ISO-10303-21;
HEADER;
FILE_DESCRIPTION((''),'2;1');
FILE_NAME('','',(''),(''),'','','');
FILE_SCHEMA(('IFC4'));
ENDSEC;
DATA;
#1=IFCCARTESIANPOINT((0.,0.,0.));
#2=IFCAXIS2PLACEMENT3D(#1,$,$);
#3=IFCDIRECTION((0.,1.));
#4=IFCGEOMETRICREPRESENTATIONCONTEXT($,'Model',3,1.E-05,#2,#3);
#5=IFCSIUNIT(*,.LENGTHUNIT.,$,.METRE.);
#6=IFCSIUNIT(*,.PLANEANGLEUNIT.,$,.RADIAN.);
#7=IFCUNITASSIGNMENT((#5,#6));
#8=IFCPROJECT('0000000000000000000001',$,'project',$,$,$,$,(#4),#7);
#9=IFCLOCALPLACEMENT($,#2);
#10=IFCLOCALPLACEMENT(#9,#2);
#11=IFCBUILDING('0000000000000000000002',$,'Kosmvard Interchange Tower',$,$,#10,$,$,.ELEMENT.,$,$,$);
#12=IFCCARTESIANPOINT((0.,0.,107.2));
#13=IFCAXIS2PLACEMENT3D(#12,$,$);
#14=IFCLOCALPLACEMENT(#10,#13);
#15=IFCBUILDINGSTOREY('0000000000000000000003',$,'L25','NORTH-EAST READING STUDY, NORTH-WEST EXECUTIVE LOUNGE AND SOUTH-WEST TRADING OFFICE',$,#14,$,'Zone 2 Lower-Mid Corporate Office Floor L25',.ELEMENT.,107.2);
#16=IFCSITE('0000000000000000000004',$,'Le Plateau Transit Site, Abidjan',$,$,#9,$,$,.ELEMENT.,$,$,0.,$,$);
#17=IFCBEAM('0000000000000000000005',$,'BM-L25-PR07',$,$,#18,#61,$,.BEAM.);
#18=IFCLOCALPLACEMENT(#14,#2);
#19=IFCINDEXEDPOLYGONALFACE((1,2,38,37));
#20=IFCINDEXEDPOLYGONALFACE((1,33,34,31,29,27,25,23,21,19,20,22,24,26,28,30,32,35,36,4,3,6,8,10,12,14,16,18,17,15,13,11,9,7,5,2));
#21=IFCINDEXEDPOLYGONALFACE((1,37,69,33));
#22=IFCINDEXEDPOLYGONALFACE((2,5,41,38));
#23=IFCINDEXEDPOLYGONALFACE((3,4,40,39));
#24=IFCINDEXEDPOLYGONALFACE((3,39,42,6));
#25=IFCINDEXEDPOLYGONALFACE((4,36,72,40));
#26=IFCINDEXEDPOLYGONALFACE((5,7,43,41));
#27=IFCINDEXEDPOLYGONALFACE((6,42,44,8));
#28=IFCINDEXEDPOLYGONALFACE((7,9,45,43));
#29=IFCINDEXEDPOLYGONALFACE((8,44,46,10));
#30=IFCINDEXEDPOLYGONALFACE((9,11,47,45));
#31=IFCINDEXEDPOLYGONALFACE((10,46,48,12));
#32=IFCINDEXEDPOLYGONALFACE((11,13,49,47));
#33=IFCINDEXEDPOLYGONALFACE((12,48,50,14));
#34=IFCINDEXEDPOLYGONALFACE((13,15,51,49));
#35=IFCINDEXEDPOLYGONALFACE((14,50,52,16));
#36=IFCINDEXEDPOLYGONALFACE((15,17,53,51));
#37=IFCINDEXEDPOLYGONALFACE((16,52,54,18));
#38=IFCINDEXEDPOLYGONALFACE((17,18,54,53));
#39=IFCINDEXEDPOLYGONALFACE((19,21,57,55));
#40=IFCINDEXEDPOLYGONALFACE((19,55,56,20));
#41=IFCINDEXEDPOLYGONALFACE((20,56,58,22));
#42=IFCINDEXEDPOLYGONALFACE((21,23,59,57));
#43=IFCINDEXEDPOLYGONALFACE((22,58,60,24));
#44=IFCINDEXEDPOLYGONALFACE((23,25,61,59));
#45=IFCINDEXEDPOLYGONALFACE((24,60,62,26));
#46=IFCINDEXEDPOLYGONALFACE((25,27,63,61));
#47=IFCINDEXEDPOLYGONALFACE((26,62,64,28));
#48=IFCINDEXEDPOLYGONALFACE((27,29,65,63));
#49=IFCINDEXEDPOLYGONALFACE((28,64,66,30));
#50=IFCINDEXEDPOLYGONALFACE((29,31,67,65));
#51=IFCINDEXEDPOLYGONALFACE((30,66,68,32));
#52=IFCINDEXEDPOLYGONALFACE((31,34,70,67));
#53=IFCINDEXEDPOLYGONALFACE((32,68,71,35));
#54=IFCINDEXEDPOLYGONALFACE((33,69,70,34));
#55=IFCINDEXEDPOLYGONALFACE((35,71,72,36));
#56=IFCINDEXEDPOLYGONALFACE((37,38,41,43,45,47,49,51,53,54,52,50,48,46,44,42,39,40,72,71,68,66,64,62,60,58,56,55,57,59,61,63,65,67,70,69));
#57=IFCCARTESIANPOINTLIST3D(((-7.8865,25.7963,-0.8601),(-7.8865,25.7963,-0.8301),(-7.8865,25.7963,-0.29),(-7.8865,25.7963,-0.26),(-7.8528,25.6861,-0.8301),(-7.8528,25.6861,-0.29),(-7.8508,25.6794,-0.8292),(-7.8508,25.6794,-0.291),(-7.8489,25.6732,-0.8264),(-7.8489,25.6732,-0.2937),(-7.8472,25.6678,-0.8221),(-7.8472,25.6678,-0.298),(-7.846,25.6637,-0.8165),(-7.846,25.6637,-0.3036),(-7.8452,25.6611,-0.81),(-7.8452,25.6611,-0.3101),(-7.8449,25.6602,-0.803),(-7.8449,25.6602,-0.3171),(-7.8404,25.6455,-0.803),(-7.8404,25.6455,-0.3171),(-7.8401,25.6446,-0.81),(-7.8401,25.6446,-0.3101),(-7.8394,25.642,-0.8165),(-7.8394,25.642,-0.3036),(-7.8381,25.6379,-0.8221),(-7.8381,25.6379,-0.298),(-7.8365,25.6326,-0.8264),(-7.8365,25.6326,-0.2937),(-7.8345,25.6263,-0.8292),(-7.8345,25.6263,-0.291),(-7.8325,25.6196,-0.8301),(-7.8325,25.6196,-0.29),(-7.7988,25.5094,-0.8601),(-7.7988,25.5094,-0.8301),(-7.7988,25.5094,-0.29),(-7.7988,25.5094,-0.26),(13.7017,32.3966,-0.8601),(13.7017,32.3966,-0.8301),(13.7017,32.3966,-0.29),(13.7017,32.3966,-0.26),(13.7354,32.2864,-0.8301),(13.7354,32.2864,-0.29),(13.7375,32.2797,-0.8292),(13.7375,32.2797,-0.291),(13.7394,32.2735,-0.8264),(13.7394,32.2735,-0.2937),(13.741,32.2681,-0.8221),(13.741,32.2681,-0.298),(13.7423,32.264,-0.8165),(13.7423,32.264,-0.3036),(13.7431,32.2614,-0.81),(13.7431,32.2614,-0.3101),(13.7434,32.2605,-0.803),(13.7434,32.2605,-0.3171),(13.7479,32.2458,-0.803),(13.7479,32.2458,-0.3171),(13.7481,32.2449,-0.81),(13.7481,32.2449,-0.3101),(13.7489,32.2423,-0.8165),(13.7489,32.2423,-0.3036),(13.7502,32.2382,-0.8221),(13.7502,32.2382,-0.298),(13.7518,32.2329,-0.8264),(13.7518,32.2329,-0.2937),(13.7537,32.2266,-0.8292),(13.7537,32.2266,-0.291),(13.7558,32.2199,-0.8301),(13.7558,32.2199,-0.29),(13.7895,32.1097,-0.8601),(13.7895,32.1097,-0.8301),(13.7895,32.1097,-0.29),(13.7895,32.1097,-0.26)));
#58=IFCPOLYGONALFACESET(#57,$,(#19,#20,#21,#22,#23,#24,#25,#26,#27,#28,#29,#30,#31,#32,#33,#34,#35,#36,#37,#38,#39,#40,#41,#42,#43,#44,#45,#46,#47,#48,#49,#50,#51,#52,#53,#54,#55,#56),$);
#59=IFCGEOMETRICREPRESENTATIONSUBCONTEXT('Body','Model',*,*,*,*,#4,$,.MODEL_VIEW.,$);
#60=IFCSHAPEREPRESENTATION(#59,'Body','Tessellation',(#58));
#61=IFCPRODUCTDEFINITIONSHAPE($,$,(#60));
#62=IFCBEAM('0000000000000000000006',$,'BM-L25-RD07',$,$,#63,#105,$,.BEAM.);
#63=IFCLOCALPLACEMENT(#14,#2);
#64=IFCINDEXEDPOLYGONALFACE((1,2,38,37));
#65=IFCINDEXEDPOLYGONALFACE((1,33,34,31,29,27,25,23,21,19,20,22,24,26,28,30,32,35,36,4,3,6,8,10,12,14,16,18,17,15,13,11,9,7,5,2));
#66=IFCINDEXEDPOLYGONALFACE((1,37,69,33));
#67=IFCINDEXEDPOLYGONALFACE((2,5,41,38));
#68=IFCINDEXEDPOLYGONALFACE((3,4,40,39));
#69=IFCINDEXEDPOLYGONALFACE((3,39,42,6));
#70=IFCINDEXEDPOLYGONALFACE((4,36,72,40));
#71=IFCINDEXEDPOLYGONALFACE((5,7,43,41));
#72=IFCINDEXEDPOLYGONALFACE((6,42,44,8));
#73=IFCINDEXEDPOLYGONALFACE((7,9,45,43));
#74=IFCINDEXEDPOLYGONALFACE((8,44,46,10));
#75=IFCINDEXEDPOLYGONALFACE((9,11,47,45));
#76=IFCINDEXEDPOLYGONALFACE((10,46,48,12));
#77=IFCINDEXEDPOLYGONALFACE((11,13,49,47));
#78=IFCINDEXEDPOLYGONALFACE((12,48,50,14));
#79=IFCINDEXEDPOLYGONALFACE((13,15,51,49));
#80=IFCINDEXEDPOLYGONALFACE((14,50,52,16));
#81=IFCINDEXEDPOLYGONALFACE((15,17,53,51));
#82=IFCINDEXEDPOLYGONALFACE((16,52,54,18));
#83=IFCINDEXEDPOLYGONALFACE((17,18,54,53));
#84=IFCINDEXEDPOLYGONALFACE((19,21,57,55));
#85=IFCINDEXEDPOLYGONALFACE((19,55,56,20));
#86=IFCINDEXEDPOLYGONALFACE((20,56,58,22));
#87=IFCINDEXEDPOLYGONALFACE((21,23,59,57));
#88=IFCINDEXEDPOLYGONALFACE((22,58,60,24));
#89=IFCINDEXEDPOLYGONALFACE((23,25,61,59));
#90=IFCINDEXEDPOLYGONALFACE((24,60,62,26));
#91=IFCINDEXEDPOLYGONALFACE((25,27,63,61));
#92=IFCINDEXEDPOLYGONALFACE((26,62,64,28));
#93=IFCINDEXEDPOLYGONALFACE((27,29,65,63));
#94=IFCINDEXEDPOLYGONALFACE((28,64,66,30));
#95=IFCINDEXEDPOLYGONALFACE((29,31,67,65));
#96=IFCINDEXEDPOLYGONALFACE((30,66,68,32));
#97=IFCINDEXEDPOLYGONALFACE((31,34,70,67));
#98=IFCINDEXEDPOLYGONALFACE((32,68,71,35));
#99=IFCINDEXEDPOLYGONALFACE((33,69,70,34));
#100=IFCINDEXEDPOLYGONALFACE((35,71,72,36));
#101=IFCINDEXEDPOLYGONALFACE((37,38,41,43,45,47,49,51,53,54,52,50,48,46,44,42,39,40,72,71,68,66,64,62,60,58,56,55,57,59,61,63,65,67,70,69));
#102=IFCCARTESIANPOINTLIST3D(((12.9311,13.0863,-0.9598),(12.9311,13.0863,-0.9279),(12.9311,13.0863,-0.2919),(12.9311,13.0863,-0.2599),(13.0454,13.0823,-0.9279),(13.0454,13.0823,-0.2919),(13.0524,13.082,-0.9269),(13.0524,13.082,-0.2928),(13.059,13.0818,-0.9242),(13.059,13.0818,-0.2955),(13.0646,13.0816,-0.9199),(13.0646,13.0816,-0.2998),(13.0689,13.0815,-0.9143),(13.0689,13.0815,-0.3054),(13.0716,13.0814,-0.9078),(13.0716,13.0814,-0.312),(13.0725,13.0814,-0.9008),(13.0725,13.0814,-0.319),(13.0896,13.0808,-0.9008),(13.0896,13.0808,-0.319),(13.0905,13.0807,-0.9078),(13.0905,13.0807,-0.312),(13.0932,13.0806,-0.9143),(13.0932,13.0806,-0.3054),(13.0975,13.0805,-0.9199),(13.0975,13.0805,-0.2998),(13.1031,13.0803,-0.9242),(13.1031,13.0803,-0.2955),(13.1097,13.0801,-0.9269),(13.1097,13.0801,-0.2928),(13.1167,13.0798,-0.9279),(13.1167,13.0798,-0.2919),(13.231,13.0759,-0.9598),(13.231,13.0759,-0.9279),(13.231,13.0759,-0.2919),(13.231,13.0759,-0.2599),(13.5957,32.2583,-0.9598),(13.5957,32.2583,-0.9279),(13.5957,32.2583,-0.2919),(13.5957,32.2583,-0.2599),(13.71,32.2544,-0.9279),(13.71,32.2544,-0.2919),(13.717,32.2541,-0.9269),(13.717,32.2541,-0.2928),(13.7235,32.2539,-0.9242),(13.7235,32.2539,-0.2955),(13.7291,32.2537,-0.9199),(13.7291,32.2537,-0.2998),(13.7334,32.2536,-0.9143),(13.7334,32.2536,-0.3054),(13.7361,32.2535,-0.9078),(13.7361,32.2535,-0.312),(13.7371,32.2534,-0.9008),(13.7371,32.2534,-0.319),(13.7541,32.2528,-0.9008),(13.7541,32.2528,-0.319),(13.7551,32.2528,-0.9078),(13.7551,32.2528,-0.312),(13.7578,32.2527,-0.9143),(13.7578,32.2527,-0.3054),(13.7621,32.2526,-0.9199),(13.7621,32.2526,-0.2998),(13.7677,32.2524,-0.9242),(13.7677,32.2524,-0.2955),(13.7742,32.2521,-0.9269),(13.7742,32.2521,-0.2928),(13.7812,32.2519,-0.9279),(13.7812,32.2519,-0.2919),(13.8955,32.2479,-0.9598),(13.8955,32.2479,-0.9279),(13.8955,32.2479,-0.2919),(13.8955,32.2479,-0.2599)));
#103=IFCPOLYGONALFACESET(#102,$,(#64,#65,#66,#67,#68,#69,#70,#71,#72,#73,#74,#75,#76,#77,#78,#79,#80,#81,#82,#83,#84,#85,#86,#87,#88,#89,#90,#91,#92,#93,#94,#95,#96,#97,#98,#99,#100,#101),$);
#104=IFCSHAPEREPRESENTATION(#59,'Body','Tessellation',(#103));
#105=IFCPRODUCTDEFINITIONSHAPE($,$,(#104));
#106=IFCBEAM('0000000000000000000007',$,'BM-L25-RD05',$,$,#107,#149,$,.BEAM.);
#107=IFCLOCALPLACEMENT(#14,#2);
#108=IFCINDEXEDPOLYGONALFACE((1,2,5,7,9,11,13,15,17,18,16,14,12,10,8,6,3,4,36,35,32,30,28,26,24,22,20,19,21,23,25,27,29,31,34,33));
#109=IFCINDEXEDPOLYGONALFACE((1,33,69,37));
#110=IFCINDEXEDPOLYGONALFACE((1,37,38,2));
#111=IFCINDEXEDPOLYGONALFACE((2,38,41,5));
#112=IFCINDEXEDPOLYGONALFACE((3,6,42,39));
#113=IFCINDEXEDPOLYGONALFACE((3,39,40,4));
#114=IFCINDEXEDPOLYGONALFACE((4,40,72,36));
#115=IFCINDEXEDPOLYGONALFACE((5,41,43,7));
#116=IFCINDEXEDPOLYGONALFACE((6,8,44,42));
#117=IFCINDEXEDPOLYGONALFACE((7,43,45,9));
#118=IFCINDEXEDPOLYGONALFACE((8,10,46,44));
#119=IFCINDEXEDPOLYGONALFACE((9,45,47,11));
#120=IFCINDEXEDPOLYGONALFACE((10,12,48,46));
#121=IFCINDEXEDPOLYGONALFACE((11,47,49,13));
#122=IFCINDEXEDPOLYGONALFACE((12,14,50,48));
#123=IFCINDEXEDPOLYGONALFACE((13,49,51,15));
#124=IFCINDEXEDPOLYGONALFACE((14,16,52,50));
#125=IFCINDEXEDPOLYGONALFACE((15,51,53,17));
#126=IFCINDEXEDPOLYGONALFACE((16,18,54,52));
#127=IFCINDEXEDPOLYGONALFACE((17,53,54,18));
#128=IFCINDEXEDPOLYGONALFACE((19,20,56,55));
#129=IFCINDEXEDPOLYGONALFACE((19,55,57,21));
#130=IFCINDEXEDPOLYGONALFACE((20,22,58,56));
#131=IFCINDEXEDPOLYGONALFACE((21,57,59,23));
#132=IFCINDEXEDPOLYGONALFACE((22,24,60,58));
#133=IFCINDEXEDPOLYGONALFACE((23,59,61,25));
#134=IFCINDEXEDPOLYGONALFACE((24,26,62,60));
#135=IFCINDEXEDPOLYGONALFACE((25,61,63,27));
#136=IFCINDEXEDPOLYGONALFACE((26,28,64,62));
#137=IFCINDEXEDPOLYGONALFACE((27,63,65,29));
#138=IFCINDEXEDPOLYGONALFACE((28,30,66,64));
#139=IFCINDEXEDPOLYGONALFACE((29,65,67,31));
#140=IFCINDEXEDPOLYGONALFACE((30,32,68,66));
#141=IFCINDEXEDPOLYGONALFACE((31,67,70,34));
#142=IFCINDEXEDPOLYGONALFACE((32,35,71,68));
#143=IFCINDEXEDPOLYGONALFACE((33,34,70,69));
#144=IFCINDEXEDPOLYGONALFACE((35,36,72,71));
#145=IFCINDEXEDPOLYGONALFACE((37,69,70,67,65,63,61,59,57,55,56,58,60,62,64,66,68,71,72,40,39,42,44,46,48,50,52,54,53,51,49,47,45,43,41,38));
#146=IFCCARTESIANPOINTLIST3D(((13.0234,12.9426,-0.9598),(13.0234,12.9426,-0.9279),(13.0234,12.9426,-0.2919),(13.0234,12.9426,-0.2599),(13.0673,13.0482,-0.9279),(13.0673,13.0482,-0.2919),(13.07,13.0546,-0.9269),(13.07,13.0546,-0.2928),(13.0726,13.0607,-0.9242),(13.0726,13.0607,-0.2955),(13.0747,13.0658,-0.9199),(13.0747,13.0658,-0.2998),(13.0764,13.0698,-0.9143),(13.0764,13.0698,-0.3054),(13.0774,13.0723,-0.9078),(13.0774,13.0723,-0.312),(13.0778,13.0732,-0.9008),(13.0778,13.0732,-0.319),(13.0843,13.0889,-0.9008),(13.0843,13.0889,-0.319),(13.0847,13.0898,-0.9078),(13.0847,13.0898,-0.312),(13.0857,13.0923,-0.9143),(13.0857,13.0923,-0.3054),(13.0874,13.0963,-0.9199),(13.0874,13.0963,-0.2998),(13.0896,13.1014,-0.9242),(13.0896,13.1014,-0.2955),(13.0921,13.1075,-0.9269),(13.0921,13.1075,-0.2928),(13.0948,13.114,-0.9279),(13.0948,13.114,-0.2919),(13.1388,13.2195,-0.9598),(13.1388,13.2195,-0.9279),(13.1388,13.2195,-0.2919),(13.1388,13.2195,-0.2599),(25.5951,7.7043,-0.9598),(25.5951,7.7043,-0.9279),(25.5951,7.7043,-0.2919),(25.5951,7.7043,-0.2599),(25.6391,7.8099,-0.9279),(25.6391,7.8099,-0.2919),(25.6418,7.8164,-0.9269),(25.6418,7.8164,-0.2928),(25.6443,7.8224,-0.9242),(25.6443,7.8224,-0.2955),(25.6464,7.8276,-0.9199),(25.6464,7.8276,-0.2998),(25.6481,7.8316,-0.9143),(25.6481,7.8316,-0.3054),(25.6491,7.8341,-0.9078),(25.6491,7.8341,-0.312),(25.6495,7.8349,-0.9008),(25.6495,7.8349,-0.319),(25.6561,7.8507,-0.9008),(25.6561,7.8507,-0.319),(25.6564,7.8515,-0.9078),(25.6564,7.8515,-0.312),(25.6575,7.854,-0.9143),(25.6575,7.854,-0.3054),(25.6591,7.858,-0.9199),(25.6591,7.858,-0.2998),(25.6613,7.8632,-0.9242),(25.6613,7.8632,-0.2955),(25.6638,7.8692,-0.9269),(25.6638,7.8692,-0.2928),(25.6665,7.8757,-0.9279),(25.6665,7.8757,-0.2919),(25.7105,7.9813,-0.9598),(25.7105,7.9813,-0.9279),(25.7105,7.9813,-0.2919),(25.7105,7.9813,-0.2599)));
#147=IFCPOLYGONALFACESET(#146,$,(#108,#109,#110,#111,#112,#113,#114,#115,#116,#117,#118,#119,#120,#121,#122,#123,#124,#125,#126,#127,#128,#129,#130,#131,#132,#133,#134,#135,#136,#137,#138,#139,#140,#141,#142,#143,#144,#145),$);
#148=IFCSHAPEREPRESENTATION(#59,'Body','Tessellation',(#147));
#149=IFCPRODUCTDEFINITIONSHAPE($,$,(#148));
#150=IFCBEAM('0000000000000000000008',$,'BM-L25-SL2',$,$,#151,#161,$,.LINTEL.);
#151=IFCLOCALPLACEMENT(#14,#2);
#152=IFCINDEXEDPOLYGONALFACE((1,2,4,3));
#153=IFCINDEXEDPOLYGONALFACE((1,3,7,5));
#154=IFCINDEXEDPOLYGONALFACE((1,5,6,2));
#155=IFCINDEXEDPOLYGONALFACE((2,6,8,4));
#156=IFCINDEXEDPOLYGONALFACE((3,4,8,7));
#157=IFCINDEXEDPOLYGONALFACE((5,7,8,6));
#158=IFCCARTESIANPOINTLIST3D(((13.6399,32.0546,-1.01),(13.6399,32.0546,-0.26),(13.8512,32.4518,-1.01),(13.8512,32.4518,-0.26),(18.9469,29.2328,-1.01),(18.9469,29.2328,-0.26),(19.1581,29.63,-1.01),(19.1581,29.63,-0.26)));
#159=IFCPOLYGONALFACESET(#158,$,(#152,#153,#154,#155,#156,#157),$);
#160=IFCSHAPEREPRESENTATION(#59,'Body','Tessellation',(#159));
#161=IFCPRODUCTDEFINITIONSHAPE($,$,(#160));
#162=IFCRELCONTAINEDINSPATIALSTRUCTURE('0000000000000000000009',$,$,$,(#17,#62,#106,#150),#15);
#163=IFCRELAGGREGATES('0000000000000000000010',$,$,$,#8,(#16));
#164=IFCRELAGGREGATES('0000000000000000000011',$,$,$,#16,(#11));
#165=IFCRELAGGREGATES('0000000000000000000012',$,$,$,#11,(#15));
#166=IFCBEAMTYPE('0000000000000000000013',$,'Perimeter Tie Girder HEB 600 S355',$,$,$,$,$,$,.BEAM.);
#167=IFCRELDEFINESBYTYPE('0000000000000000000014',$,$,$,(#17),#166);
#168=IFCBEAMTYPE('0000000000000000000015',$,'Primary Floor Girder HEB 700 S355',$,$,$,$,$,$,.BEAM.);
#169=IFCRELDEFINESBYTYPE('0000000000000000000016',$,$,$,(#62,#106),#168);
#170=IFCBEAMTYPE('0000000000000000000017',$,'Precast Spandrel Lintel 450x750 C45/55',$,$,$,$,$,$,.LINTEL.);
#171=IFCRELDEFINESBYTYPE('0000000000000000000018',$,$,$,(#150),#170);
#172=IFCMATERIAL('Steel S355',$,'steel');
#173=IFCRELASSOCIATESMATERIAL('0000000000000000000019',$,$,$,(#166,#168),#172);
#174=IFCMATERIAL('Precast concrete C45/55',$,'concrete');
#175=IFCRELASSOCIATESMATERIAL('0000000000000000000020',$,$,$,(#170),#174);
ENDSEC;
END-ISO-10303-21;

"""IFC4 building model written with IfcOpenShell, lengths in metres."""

from ifc_helpers import new_model, si_unit, direction, frame, origin, origin_2d, place, context, subcontext, project, spatial, rectangle, i_section, extrude, source, transform, mapped, material, material_profile, profile_set, type_object, element, save


model = new_model("IFC4")

# Units and contexts
model_context = context("Model", 3, precision=1e-05, world=origin(), true_north=direction((0.0, 1.0)))
body_context = subcontext(model_context, "Body", "Model", "MODEL_VIEW")
ifc_project = project(units=[si_unit("LENGTHUNIT", "METRE"), si_unit("PLANEANGLEUNIT", "RADIAN")], contexts=[model_context])

# Site, building, storey
site_placement = place(None, origin())
site = spatial("IfcSite", under=ifc_project, at=site_placement, Name="Le Plateau Transit Site, Abidjan", CompositionType="ELEMENT", RefElevation=0.0)
building_placement = place(site_placement, origin())
building = spatial("IfcBuilding", under=site, at=building_placement, Name="Kosmvard Interchange Tower", CompositionType="ELEMENT")
storey_placement = place(building_placement, frame((0.0, 0.0, 107.2)))
storey = spatial("IfcBuildingStorey", under=building, at=storey_placement, Name="L25", Description="NORTH-EAST READING STUDY, NORTH-WEST EXECUTIVE LOUNGE AND SOUTH-WEST TRADING OFFICE", LongName="Zone 2 Lower-Mid Corporate Office Floor L25", CompositionType="ELEMENT", Elevation=107.2)

# Beams
ifc_material_1 = material(Name="Steel S355", Category="steel")
ifc_material_profile_1 = material_profile(ifc_material_1, i_section(OverallWidth=0.3, OverallDepth=0.6001, WebThickness=0.0154, FlangeThickness=0.03, FilletRadius=0.0271, at=origin_2d()), Name="HEB 600")
ifc_profile_set_1 = profile_set([ifc_material_profile_1], Name="Steel S355")
beam_type_1 = type_object("IfcBeamType", Name="Perimeter Tie Girder HEB 600 S355", PredefinedType="BEAM", material=ifc_profile_set_1)
shared_shape_1 = source(origin(), body_context, "Body", "SweptSolid", [
    extrude(i_section(OverallWidth=0.3, OverallDepth=0.6001, WebThickness=0.0154, FlangeThickness=0.03, FilletRadius=0.0271, at=origin_2d()), origin(), (0.0, 0.0, 1.0), 22.5747),
])
beam_1_placement = place(storey_placement, frame((13.7456, 32.2532, -0.5601), z_axis=(-0.956303, -0.292376, 0.0), x_axis=(0.292376, -0.956303, 0.0)))
element("IfcBeam", 1, at=beam_1_placement, inside=storey, type_object=beam_type_1, Name="BM-L25-PR07", PredefinedType="BEAM", context=body_context, shape_type="MappedRepresentation", body=[
    mapped(shared_shape_1, transform((0.0, 0.0, 0.0), scale=1.0)),
])
ifc_material_profile_2 = material_profile(ifc_material_1, i_section(OverallWidth=0.3, OverallDepth=0.7, WebThickness=0.0171, FlangeThickness=0.032, FilletRadius=0.0271, at=origin_2d()), Name="HEB 700")
ifc_profile_set_2 = profile_set([ifc_material_profile_2], Name="Steel S355")
beam_type_2 = type_object("IfcBeamType", Name="Primary Floor Girder HEB 700 S355", PredefinedType="BEAM", material=ifc_profile_set_2)
shared_shape_2 = source(origin(), body_context, "Body", "SweptSolid", [
    extrude(i_section(OverallWidth=0.3, OverallDepth=0.7, WebThickness=0.0171, FlangeThickness=0.032, FilletRadius=0.0271, at=origin_2d()), origin(), (0.0, 0.0, 1.0), 19.1836),
])
beam_2_placement = place(storey_placement, frame((13.0811, 13.0811, -0.6099), z_axis=(0.034642, 0.9994, 0.0), x_axis=(-0.9994, 0.034642, 0.0)))
element("IfcBeam", 2, at=beam_2_placement, inside=storey, type_object=beam_type_2, Name="BM-L25-RD07", PredefinedType="BEAM", context=body_context, shape_type="MappedRepresentation", body=[
    mapped(shared_shape_2, transform((0.0, 0.0, 0.0), scale=1.0)),
])
shared_shape_3 = source(origin(), body_context, "Body", "SweptSolid", [
    extrude(i_section(OverallWidth=0.3, OverallDepth=0.7, WebThickness=0.0171, FlangeThickness=0.032, FilletRadius=0.0271, at=origin_2d()), origin(), (0.0, 0.0, 1.0), 13.6194),
])
beam_3_placement = place(storey_placement, frame((13.0811, 13.0811, -0.6099), z_axis=(0.923076, -0.384618, 0.0), x_axis=(0.384618, 0.923076, 0.0)))
element("IfcBeam", 3, at=beam_3_placement, inside=storey, type_object=beam_type_2, Name="BM-L25-RD05", PredefinedType="BEAM", context=body_context, shape_type="MappedRepresentation", body=[
    mapped(shared_shape_3, transform((0.0, 0.0, 0.0), scale=1.0)),
])
ifc_material_2 = material(Name="Precast concrete C45/55", Category="concrete")
ifc_material_profile_3 = material_profile(ifc_material_2, rectangle(XDim=0.45, YDim=0.75, at=origin_2d()), Name="SL 450x750")
ifc_profile_set_3 = profile_set([ifc_material_profile_3], Name="Precast concrete C45/55")
beam_type_3 = type_object("IfcBeamType", Name="Precast Spandrel Lintel 450x750 C45/55", PredefinedType="LINTEL", material=ifc_profile_set_3)
shared_shape_4 = source(origin(), body_context, "Body", "SweptSolid", [
    extrude(rectangle(XDim=0.45, YDim=0.75, at=origin_2d()), origin(), (0.0, 0.0, 1.0), 6.0105),
])
beam_4_placement = place(storey_placement, frame((19.0525, 29.4314, -0.635), z_axis=(-0.882944, 0.469479, 0.0), x_axis=(-0.469479, -0.882944, 0.0)))
element("IfcBeam", 4, at=beam_4_placement, inside=storey, type_object=beam_type_3, Name="BM-L25-SL2", PredefinedType="LINTEL", context=body_context, shape_type="MappedRepresentation", body=[
    mapped(shared_shape_4, transform((0.0, 0.0, 0.0), scale=1.0)),
])

save(model, "model.ifc")
